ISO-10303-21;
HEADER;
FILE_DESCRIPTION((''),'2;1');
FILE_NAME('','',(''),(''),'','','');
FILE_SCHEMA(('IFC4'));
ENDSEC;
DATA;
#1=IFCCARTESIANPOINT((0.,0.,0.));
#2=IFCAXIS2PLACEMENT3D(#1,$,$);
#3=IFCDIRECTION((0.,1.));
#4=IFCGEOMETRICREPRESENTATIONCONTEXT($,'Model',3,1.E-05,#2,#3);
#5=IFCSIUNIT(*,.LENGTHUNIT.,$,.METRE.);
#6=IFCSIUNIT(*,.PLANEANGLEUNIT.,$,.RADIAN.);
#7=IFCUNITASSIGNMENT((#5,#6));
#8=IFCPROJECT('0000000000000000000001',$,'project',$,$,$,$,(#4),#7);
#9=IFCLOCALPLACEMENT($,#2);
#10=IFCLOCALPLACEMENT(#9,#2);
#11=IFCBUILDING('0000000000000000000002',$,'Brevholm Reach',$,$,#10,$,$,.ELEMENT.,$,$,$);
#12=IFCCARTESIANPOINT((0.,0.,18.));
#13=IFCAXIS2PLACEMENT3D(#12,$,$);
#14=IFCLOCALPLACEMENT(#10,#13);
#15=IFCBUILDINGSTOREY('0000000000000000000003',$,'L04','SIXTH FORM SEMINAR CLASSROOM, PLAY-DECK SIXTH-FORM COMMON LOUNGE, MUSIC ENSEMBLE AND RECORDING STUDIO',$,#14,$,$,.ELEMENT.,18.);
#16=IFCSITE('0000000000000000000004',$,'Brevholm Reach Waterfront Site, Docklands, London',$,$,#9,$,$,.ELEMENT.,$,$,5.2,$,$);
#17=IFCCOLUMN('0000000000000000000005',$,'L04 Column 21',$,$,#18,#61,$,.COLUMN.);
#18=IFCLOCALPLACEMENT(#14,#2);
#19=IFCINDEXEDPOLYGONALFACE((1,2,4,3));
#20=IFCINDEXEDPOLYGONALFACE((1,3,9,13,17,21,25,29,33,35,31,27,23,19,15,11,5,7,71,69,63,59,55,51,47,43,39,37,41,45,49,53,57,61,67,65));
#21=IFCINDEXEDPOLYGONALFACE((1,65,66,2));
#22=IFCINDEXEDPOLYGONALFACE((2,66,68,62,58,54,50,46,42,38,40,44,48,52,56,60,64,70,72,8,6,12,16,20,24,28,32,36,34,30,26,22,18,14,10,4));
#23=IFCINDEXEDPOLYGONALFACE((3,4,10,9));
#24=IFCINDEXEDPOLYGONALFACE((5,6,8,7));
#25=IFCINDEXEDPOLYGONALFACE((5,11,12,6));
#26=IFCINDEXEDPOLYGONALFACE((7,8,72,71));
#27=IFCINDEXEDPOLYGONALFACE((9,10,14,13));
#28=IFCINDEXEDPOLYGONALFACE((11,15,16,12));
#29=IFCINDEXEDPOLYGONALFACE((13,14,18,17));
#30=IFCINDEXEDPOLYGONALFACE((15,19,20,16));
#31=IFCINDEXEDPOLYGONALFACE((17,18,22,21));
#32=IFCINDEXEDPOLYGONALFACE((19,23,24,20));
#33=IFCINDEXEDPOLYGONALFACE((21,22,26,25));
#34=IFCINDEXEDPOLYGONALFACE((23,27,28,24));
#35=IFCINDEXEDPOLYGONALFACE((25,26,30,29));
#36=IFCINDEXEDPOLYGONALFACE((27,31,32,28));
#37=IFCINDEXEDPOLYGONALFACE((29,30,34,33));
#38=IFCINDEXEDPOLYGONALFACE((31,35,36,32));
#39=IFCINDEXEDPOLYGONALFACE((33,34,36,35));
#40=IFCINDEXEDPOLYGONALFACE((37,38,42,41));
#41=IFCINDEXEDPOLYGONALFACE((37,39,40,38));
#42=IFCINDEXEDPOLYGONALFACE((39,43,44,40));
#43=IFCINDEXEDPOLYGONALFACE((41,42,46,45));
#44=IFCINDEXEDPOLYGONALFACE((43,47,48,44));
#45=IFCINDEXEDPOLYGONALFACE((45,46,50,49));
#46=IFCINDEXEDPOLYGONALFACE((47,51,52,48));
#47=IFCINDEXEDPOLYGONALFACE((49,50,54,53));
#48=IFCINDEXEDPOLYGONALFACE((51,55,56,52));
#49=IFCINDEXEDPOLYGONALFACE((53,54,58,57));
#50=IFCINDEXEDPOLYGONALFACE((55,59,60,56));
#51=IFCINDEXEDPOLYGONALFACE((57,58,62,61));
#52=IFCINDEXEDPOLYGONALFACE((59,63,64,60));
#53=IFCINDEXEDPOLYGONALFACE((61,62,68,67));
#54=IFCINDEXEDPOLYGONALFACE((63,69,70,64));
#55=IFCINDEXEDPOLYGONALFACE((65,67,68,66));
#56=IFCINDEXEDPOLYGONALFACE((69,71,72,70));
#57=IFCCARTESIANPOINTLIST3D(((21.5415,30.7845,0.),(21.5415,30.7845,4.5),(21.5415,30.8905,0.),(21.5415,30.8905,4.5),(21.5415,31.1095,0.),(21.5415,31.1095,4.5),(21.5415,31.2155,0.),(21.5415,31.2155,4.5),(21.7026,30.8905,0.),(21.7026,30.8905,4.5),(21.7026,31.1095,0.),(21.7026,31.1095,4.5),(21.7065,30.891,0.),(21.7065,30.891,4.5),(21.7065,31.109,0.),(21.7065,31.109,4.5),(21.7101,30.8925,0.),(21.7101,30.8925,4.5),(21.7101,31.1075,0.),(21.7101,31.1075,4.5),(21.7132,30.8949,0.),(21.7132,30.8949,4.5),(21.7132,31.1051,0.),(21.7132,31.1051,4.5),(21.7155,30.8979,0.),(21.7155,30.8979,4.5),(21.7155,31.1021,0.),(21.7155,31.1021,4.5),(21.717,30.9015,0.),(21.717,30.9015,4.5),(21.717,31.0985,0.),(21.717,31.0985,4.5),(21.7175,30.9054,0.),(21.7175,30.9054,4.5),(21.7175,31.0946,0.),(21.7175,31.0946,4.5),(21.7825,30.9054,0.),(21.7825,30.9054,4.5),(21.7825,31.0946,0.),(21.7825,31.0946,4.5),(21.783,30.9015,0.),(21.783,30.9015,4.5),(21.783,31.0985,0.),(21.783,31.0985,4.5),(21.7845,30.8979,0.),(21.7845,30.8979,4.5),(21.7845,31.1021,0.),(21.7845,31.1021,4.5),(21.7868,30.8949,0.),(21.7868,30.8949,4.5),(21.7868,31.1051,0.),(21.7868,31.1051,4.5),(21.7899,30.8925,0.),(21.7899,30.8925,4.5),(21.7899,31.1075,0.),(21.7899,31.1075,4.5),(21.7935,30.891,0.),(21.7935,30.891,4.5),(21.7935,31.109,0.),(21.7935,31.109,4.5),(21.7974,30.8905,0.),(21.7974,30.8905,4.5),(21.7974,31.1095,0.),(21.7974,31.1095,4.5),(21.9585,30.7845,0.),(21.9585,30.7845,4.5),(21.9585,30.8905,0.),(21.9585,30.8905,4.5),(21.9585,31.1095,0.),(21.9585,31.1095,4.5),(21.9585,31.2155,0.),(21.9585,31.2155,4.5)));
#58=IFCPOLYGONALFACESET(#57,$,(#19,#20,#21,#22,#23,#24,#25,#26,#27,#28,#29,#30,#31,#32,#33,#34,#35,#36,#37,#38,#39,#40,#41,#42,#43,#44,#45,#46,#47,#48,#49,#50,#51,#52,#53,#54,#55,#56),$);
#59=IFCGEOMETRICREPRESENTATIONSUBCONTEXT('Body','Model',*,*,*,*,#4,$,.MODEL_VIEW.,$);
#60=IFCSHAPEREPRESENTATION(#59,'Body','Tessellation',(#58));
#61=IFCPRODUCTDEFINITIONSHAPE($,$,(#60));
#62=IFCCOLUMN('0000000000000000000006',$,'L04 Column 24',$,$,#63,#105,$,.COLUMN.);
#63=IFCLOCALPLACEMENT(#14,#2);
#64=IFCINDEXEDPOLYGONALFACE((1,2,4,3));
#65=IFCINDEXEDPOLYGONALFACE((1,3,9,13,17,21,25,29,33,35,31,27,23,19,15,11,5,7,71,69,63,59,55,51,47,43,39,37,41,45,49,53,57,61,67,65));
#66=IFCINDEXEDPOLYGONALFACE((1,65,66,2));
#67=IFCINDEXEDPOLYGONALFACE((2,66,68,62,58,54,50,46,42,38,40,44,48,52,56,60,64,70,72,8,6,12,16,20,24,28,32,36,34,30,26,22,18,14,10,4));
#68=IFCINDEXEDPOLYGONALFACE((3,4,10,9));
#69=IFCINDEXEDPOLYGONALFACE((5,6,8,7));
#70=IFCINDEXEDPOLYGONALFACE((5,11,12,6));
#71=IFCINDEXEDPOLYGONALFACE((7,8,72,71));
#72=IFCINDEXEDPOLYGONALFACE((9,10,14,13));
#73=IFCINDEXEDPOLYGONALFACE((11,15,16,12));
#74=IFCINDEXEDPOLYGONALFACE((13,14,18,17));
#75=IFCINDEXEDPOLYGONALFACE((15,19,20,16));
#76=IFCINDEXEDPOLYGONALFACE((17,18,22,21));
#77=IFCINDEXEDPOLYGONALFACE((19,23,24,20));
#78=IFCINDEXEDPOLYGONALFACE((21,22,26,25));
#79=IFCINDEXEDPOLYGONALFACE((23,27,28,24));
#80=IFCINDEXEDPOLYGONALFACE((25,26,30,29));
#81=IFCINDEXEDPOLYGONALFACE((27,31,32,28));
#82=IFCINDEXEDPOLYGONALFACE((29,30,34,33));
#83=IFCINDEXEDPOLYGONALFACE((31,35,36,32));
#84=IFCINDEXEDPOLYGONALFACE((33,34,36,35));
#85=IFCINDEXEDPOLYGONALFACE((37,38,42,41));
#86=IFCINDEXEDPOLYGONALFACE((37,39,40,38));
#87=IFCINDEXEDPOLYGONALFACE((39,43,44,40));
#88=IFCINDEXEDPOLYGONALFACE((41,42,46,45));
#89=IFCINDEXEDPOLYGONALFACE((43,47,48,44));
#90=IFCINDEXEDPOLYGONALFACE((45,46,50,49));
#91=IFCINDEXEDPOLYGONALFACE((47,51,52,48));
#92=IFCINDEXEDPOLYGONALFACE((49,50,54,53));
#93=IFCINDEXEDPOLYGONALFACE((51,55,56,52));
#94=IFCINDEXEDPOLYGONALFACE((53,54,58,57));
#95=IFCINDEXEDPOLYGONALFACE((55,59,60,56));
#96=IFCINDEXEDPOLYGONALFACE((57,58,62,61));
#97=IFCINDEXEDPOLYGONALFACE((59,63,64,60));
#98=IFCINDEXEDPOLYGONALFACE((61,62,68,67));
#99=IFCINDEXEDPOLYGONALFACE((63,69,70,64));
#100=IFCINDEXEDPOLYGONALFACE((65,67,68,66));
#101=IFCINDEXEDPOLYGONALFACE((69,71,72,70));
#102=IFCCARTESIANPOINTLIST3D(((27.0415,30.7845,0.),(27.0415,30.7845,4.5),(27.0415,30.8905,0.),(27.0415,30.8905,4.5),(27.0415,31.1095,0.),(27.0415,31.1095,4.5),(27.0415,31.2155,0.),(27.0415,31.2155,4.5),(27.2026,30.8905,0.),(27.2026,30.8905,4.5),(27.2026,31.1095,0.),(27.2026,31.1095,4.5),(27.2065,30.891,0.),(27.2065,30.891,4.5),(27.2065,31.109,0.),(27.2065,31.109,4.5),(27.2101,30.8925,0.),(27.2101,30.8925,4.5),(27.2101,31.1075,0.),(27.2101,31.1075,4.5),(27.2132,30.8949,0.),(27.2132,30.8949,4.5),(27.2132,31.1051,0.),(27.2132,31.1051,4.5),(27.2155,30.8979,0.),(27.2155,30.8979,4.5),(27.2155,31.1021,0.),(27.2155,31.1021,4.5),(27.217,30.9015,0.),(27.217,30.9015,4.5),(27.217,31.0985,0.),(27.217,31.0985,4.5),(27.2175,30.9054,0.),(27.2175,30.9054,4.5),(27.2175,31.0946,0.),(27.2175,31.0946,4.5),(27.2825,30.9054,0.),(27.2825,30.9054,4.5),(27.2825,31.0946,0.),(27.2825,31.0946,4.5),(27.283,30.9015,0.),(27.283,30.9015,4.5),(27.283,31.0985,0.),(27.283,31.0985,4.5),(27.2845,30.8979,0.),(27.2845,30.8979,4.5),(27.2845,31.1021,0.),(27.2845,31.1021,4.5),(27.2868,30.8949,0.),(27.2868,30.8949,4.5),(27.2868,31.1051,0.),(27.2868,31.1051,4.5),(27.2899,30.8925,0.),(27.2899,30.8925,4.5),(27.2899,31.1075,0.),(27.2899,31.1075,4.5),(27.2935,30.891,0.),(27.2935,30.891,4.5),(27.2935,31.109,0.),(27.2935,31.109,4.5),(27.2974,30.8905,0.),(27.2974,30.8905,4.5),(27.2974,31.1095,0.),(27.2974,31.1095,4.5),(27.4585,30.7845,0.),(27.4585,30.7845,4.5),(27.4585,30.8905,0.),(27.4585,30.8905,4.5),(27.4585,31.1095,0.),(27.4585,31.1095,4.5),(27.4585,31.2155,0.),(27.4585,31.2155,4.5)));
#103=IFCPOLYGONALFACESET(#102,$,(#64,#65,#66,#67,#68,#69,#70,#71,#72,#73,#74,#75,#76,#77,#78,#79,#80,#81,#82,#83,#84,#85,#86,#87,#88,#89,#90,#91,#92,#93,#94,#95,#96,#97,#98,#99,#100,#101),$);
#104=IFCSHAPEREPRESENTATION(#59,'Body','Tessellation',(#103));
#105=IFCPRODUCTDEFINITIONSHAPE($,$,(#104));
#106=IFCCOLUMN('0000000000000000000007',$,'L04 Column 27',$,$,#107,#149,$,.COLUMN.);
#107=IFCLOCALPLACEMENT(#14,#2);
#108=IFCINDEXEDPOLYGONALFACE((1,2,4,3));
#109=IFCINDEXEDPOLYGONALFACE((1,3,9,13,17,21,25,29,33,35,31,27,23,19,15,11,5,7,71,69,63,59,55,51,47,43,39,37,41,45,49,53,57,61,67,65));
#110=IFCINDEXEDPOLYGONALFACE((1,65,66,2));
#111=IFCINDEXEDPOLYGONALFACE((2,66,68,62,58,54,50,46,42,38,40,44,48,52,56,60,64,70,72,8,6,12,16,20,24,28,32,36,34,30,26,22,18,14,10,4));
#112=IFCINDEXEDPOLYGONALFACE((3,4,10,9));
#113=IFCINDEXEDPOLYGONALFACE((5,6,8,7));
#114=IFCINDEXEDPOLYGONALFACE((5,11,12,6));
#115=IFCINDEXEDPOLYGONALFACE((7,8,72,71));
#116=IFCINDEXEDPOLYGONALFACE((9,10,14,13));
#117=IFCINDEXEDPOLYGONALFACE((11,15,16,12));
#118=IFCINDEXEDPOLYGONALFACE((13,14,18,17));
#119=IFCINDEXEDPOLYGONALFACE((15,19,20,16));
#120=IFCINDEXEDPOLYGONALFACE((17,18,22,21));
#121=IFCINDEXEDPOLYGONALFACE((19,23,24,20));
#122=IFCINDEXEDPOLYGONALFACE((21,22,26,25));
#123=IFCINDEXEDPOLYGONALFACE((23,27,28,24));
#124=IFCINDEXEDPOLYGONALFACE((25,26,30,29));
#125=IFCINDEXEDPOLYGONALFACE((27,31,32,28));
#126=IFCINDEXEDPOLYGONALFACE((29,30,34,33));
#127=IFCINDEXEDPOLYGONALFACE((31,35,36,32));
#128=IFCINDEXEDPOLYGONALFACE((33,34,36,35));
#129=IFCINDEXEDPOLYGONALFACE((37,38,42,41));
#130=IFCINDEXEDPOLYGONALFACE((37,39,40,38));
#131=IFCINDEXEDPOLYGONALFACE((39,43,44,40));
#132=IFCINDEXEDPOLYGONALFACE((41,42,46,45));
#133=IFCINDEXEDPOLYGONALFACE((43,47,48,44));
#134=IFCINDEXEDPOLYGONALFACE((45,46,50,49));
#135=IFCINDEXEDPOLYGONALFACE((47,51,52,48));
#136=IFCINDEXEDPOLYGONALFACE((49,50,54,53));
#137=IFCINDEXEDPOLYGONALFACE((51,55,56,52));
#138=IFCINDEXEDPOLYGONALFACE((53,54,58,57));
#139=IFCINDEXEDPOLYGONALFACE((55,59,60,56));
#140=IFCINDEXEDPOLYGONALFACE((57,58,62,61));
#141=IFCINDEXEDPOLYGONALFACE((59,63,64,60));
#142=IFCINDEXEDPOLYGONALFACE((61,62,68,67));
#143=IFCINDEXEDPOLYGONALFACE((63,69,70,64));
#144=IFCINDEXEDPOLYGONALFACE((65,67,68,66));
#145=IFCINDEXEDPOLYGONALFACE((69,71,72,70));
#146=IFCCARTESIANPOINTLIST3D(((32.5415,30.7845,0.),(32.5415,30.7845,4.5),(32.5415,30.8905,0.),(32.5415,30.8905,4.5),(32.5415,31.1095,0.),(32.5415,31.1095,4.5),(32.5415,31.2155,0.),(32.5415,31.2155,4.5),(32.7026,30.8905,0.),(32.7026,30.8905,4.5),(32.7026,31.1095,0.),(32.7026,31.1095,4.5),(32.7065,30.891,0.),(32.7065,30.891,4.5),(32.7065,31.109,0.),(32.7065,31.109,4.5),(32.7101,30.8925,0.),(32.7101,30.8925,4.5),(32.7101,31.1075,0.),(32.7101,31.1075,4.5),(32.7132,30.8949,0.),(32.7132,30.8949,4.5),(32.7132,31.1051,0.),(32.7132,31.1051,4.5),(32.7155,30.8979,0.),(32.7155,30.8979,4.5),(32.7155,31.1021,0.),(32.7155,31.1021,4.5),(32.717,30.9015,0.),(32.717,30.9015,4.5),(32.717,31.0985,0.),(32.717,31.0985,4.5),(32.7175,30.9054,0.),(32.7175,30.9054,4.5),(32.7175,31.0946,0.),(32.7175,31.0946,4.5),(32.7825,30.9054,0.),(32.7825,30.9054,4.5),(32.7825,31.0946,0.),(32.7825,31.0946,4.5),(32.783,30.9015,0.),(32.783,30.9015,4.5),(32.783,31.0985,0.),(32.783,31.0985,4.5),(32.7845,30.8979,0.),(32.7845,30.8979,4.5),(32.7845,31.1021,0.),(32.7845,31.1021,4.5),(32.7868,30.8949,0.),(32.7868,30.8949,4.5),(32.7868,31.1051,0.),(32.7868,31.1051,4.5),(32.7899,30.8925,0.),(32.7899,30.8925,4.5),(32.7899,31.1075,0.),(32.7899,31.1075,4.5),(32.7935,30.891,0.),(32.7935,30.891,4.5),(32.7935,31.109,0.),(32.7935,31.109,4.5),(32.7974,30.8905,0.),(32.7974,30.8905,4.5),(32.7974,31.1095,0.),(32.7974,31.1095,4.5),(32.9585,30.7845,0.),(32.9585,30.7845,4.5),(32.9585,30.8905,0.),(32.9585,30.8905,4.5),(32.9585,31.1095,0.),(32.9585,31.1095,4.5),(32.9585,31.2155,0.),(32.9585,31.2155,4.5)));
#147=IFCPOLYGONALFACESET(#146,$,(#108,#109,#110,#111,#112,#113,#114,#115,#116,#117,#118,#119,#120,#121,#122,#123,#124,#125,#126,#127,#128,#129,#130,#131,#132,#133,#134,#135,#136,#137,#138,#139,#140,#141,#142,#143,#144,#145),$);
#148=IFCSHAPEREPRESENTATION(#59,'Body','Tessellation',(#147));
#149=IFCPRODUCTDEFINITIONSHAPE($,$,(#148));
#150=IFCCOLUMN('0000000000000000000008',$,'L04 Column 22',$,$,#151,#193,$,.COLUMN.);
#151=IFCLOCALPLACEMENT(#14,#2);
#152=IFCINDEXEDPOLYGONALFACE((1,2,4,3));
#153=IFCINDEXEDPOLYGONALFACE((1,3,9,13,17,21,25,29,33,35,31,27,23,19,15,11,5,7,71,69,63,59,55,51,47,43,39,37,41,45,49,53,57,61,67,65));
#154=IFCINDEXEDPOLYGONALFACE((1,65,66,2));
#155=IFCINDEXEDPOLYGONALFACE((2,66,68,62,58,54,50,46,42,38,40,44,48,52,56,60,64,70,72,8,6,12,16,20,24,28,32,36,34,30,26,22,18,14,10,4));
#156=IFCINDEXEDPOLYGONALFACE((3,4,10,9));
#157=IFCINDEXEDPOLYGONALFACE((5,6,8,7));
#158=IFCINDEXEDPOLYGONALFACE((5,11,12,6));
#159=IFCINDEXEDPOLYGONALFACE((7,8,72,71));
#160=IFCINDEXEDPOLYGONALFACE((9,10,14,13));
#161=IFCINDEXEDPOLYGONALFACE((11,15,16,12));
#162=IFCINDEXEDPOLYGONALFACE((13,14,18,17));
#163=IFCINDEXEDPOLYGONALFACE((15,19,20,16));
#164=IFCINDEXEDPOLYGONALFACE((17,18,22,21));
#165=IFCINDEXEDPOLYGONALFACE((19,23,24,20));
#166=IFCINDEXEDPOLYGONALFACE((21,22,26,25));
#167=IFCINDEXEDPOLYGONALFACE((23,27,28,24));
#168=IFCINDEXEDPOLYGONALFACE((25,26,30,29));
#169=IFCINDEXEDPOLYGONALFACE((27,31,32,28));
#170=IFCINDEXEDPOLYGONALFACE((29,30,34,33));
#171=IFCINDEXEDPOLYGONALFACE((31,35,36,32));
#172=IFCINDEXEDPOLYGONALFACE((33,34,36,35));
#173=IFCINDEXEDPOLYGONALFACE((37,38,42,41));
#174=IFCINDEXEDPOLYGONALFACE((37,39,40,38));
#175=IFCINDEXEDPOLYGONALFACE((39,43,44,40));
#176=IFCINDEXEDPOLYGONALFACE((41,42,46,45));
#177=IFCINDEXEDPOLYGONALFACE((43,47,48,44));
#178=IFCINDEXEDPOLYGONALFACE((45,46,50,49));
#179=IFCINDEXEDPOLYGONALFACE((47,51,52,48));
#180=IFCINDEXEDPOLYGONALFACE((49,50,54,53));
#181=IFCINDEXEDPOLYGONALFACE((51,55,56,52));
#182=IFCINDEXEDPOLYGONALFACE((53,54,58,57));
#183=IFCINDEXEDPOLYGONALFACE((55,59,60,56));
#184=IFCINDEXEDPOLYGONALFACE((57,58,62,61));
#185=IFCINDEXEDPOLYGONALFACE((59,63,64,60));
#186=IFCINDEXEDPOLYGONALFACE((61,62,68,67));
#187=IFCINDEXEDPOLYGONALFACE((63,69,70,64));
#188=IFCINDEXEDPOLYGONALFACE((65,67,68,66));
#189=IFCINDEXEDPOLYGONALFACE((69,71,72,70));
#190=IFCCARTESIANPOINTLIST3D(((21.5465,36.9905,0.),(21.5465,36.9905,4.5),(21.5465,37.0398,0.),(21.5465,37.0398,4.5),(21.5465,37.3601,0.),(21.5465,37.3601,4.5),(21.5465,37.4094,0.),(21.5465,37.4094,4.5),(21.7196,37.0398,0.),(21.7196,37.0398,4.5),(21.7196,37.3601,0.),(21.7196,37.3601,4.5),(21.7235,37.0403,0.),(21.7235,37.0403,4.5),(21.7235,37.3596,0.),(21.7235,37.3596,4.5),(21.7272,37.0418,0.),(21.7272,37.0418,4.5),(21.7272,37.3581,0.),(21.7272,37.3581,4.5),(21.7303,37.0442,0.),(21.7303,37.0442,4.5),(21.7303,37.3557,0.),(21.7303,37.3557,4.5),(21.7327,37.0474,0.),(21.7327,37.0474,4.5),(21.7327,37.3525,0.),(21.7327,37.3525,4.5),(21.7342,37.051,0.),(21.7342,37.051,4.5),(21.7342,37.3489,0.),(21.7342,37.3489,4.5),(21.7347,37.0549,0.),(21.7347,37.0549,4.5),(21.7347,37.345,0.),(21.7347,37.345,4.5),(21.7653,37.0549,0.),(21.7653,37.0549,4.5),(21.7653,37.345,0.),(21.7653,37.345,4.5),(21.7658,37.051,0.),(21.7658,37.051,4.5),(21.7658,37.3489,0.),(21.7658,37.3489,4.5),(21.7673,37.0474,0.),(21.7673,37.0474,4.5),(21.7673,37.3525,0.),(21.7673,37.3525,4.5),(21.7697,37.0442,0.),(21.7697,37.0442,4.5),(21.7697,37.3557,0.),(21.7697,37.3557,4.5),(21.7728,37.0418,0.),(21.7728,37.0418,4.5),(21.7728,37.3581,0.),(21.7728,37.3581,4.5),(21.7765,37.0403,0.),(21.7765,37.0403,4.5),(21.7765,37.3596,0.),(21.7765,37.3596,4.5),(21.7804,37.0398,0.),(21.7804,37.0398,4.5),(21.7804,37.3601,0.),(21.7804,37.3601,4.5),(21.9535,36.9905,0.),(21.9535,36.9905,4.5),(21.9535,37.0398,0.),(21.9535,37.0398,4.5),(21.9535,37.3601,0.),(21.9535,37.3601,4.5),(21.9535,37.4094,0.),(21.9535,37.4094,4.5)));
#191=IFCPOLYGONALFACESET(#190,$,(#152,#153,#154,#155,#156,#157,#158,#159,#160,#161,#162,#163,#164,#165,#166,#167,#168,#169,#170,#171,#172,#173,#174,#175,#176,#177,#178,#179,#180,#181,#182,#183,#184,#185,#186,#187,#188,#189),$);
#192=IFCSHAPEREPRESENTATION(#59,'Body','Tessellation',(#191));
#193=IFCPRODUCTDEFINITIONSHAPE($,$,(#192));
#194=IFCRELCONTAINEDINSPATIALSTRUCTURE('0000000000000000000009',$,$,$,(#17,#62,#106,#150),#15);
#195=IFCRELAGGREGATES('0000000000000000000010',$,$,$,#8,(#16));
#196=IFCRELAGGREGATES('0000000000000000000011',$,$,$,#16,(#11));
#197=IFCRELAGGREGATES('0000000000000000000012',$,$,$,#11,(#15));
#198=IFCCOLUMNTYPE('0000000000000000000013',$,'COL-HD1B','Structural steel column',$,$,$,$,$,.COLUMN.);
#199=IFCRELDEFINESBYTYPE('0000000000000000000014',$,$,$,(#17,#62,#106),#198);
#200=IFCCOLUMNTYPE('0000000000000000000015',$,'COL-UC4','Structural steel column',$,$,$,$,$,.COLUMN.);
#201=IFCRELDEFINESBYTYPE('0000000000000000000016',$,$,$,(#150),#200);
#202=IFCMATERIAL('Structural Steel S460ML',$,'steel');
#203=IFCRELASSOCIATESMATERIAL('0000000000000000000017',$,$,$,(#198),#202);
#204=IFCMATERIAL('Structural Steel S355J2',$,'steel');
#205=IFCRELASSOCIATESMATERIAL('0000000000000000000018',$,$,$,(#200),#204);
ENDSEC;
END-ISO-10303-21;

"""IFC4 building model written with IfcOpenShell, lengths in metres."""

from ifc_helpers import new_model, si_unit, direction, frame, origin, origin_2d, place, context, subcontext, project, spatial, i_section, extrude, material, material_profile, profile_set, type_object, element, save


model = new_model("IFC4")

# Units and contexts
model_context = context("Model", 3, precision=1e-05, world=origin(), true_north=direction((0.0, 1.0)))
body_context = subcontext(model_context, "Body", "Model", "MODEL_VIEW")
ifc_project = project(units=[si_unit("LENGTHUNIT", "METRE"), si_unit("PLANEANGLEUNIT", "RADIAN")], contexts=[model_context])

# Site, building, storey
site_placement = place(None, origin())
site = spatial("IfcSite", under=ifc_project, at=site_placement, Name="Brevholm Reach Waterfront Site, Docklands, London", CompositionType="ELEMENT", RefElevation=5.2)
building_placement = place(site_placement, origin())
building = spatial("IfcBuilding", under=site, at=building_placement, Name="Brevholm Reach", CompositionType="ELEMENT")
storey_placement = place(building_placement, frame((0.0, 0.0, 18.0)))
storey = spatial("IfcBuildingStorey", under=building, at=storey_placement, Name="L04", Description="SIXTH FORM SEMINAR CLASSROOM, PLAY-DECK SIXTH-FORM COMMON LOUNGE, MUSIC ENSEMBLE AND RECORDING STUDIO", CompositionType="ELEMENT", Elevation=18.0)

# Columns
ifc_material_1 = material(Name="Structural Steel S460ML", Category="steel")
ifc_material_profile_1 = material_profile(ifc_material_1, i_section(OverallWidth=0.417, OverallDepth=0.4309, WebThickness=0.0649, FlangeThickness=0.106, FilletRadius=0.0149, at=origin_2d()), Name="HD 400x900")
ifc_profile_set_1 = profile_set([ifc_material_profile_1], Name="Structural Steel S460ML")
column_type_1 = type_object("IfcColumnType", Name="COL-HD1B", Description="Structural steel column", PredefinedType="COLUMN", material=ifc_profile_set_1)
for number, where, z_axis, x_axis, name in (
    (1, (21.75, 31.0, 0.0), (0.0, 0.0, 1.0), (1.0, 0.0, 0.0), "L04 Column 21"),
    (2, (27.25, 31.0, 0.0), (0.0, 0.0, 1.0), (1.0, 0.0, 0.0), "L04 Column 24"),
    (3, (32.75, 31.0, 0.0), (0.0, 0.0, 1.0), (1.0, 0.0, 0.0), "L04 Column 27"),
):
    element("IfcColumn", number, at=place(storey_placement, frame(where, z_axis=z_axis, x_axis=x_axis)), inside=storey, type_object=column_type_1, Name=name, PredefinedType="COLUMN", context=body_context, shape_type="SweptSolid", body=[
        extrude(i_section(OverallWidth=0.417, OverallDepth=0.4309, WebThickness=0.0649, FlangeThickness=0.106, FilletRadius=0.0149, at=origin_2d()), origin(), (0.0, 0.0, 1.0), 4.5),
    ])
ifc_material_2 = material(Name="Structural Steel S355J2", Category="steel")
ifc_material_profile_2 = material_profile(ifc_material_2, i_section(OverallWidth=0.407, OverallDepth=0.4189, WebThickness=0.0305, FlangeThickness=0.0493, FilletRadius=0.0151, at=origin_2d()), Name="UKC 356x406x393")
ifc_profile_set_2 = profile_set([ifc_material_profile_2], Name="Structural Steel S355J2")
column_type_2 = type_object("IfcColumnType", Name="COL-UC4", Description="Structural steel column", PredefinedType="COLUMN", material=ifc_profile_set_2)
for number, where, z_axis, x_axis, name in (
    (4, (21.75, 37.2, 0.0), (0.0, 0.0, 1.0), (1.0, 0.0, 0.0), "L04 Column 22"),
):
    element("IfcColumn", number, at=place(storey_placement, frame(where, z_axis=z_axis, x_axis=x_axis)), inside=storey, type_object=column_type_2, Name=name, PredefinedType="COLUMN", context=body_context, shape_type="SweptSolid", body=[
        extrude(i_section(OverallWidth=0.407, OverallDepth=0.4189, WebThickness=0.0305, FlangeThickness=0.0493, FilletRadius=0.0151, at=origin_2d()), origin(), (0.0, 0.0, 1.0), 4.5),
    ])

save(model, "model.ifc")
